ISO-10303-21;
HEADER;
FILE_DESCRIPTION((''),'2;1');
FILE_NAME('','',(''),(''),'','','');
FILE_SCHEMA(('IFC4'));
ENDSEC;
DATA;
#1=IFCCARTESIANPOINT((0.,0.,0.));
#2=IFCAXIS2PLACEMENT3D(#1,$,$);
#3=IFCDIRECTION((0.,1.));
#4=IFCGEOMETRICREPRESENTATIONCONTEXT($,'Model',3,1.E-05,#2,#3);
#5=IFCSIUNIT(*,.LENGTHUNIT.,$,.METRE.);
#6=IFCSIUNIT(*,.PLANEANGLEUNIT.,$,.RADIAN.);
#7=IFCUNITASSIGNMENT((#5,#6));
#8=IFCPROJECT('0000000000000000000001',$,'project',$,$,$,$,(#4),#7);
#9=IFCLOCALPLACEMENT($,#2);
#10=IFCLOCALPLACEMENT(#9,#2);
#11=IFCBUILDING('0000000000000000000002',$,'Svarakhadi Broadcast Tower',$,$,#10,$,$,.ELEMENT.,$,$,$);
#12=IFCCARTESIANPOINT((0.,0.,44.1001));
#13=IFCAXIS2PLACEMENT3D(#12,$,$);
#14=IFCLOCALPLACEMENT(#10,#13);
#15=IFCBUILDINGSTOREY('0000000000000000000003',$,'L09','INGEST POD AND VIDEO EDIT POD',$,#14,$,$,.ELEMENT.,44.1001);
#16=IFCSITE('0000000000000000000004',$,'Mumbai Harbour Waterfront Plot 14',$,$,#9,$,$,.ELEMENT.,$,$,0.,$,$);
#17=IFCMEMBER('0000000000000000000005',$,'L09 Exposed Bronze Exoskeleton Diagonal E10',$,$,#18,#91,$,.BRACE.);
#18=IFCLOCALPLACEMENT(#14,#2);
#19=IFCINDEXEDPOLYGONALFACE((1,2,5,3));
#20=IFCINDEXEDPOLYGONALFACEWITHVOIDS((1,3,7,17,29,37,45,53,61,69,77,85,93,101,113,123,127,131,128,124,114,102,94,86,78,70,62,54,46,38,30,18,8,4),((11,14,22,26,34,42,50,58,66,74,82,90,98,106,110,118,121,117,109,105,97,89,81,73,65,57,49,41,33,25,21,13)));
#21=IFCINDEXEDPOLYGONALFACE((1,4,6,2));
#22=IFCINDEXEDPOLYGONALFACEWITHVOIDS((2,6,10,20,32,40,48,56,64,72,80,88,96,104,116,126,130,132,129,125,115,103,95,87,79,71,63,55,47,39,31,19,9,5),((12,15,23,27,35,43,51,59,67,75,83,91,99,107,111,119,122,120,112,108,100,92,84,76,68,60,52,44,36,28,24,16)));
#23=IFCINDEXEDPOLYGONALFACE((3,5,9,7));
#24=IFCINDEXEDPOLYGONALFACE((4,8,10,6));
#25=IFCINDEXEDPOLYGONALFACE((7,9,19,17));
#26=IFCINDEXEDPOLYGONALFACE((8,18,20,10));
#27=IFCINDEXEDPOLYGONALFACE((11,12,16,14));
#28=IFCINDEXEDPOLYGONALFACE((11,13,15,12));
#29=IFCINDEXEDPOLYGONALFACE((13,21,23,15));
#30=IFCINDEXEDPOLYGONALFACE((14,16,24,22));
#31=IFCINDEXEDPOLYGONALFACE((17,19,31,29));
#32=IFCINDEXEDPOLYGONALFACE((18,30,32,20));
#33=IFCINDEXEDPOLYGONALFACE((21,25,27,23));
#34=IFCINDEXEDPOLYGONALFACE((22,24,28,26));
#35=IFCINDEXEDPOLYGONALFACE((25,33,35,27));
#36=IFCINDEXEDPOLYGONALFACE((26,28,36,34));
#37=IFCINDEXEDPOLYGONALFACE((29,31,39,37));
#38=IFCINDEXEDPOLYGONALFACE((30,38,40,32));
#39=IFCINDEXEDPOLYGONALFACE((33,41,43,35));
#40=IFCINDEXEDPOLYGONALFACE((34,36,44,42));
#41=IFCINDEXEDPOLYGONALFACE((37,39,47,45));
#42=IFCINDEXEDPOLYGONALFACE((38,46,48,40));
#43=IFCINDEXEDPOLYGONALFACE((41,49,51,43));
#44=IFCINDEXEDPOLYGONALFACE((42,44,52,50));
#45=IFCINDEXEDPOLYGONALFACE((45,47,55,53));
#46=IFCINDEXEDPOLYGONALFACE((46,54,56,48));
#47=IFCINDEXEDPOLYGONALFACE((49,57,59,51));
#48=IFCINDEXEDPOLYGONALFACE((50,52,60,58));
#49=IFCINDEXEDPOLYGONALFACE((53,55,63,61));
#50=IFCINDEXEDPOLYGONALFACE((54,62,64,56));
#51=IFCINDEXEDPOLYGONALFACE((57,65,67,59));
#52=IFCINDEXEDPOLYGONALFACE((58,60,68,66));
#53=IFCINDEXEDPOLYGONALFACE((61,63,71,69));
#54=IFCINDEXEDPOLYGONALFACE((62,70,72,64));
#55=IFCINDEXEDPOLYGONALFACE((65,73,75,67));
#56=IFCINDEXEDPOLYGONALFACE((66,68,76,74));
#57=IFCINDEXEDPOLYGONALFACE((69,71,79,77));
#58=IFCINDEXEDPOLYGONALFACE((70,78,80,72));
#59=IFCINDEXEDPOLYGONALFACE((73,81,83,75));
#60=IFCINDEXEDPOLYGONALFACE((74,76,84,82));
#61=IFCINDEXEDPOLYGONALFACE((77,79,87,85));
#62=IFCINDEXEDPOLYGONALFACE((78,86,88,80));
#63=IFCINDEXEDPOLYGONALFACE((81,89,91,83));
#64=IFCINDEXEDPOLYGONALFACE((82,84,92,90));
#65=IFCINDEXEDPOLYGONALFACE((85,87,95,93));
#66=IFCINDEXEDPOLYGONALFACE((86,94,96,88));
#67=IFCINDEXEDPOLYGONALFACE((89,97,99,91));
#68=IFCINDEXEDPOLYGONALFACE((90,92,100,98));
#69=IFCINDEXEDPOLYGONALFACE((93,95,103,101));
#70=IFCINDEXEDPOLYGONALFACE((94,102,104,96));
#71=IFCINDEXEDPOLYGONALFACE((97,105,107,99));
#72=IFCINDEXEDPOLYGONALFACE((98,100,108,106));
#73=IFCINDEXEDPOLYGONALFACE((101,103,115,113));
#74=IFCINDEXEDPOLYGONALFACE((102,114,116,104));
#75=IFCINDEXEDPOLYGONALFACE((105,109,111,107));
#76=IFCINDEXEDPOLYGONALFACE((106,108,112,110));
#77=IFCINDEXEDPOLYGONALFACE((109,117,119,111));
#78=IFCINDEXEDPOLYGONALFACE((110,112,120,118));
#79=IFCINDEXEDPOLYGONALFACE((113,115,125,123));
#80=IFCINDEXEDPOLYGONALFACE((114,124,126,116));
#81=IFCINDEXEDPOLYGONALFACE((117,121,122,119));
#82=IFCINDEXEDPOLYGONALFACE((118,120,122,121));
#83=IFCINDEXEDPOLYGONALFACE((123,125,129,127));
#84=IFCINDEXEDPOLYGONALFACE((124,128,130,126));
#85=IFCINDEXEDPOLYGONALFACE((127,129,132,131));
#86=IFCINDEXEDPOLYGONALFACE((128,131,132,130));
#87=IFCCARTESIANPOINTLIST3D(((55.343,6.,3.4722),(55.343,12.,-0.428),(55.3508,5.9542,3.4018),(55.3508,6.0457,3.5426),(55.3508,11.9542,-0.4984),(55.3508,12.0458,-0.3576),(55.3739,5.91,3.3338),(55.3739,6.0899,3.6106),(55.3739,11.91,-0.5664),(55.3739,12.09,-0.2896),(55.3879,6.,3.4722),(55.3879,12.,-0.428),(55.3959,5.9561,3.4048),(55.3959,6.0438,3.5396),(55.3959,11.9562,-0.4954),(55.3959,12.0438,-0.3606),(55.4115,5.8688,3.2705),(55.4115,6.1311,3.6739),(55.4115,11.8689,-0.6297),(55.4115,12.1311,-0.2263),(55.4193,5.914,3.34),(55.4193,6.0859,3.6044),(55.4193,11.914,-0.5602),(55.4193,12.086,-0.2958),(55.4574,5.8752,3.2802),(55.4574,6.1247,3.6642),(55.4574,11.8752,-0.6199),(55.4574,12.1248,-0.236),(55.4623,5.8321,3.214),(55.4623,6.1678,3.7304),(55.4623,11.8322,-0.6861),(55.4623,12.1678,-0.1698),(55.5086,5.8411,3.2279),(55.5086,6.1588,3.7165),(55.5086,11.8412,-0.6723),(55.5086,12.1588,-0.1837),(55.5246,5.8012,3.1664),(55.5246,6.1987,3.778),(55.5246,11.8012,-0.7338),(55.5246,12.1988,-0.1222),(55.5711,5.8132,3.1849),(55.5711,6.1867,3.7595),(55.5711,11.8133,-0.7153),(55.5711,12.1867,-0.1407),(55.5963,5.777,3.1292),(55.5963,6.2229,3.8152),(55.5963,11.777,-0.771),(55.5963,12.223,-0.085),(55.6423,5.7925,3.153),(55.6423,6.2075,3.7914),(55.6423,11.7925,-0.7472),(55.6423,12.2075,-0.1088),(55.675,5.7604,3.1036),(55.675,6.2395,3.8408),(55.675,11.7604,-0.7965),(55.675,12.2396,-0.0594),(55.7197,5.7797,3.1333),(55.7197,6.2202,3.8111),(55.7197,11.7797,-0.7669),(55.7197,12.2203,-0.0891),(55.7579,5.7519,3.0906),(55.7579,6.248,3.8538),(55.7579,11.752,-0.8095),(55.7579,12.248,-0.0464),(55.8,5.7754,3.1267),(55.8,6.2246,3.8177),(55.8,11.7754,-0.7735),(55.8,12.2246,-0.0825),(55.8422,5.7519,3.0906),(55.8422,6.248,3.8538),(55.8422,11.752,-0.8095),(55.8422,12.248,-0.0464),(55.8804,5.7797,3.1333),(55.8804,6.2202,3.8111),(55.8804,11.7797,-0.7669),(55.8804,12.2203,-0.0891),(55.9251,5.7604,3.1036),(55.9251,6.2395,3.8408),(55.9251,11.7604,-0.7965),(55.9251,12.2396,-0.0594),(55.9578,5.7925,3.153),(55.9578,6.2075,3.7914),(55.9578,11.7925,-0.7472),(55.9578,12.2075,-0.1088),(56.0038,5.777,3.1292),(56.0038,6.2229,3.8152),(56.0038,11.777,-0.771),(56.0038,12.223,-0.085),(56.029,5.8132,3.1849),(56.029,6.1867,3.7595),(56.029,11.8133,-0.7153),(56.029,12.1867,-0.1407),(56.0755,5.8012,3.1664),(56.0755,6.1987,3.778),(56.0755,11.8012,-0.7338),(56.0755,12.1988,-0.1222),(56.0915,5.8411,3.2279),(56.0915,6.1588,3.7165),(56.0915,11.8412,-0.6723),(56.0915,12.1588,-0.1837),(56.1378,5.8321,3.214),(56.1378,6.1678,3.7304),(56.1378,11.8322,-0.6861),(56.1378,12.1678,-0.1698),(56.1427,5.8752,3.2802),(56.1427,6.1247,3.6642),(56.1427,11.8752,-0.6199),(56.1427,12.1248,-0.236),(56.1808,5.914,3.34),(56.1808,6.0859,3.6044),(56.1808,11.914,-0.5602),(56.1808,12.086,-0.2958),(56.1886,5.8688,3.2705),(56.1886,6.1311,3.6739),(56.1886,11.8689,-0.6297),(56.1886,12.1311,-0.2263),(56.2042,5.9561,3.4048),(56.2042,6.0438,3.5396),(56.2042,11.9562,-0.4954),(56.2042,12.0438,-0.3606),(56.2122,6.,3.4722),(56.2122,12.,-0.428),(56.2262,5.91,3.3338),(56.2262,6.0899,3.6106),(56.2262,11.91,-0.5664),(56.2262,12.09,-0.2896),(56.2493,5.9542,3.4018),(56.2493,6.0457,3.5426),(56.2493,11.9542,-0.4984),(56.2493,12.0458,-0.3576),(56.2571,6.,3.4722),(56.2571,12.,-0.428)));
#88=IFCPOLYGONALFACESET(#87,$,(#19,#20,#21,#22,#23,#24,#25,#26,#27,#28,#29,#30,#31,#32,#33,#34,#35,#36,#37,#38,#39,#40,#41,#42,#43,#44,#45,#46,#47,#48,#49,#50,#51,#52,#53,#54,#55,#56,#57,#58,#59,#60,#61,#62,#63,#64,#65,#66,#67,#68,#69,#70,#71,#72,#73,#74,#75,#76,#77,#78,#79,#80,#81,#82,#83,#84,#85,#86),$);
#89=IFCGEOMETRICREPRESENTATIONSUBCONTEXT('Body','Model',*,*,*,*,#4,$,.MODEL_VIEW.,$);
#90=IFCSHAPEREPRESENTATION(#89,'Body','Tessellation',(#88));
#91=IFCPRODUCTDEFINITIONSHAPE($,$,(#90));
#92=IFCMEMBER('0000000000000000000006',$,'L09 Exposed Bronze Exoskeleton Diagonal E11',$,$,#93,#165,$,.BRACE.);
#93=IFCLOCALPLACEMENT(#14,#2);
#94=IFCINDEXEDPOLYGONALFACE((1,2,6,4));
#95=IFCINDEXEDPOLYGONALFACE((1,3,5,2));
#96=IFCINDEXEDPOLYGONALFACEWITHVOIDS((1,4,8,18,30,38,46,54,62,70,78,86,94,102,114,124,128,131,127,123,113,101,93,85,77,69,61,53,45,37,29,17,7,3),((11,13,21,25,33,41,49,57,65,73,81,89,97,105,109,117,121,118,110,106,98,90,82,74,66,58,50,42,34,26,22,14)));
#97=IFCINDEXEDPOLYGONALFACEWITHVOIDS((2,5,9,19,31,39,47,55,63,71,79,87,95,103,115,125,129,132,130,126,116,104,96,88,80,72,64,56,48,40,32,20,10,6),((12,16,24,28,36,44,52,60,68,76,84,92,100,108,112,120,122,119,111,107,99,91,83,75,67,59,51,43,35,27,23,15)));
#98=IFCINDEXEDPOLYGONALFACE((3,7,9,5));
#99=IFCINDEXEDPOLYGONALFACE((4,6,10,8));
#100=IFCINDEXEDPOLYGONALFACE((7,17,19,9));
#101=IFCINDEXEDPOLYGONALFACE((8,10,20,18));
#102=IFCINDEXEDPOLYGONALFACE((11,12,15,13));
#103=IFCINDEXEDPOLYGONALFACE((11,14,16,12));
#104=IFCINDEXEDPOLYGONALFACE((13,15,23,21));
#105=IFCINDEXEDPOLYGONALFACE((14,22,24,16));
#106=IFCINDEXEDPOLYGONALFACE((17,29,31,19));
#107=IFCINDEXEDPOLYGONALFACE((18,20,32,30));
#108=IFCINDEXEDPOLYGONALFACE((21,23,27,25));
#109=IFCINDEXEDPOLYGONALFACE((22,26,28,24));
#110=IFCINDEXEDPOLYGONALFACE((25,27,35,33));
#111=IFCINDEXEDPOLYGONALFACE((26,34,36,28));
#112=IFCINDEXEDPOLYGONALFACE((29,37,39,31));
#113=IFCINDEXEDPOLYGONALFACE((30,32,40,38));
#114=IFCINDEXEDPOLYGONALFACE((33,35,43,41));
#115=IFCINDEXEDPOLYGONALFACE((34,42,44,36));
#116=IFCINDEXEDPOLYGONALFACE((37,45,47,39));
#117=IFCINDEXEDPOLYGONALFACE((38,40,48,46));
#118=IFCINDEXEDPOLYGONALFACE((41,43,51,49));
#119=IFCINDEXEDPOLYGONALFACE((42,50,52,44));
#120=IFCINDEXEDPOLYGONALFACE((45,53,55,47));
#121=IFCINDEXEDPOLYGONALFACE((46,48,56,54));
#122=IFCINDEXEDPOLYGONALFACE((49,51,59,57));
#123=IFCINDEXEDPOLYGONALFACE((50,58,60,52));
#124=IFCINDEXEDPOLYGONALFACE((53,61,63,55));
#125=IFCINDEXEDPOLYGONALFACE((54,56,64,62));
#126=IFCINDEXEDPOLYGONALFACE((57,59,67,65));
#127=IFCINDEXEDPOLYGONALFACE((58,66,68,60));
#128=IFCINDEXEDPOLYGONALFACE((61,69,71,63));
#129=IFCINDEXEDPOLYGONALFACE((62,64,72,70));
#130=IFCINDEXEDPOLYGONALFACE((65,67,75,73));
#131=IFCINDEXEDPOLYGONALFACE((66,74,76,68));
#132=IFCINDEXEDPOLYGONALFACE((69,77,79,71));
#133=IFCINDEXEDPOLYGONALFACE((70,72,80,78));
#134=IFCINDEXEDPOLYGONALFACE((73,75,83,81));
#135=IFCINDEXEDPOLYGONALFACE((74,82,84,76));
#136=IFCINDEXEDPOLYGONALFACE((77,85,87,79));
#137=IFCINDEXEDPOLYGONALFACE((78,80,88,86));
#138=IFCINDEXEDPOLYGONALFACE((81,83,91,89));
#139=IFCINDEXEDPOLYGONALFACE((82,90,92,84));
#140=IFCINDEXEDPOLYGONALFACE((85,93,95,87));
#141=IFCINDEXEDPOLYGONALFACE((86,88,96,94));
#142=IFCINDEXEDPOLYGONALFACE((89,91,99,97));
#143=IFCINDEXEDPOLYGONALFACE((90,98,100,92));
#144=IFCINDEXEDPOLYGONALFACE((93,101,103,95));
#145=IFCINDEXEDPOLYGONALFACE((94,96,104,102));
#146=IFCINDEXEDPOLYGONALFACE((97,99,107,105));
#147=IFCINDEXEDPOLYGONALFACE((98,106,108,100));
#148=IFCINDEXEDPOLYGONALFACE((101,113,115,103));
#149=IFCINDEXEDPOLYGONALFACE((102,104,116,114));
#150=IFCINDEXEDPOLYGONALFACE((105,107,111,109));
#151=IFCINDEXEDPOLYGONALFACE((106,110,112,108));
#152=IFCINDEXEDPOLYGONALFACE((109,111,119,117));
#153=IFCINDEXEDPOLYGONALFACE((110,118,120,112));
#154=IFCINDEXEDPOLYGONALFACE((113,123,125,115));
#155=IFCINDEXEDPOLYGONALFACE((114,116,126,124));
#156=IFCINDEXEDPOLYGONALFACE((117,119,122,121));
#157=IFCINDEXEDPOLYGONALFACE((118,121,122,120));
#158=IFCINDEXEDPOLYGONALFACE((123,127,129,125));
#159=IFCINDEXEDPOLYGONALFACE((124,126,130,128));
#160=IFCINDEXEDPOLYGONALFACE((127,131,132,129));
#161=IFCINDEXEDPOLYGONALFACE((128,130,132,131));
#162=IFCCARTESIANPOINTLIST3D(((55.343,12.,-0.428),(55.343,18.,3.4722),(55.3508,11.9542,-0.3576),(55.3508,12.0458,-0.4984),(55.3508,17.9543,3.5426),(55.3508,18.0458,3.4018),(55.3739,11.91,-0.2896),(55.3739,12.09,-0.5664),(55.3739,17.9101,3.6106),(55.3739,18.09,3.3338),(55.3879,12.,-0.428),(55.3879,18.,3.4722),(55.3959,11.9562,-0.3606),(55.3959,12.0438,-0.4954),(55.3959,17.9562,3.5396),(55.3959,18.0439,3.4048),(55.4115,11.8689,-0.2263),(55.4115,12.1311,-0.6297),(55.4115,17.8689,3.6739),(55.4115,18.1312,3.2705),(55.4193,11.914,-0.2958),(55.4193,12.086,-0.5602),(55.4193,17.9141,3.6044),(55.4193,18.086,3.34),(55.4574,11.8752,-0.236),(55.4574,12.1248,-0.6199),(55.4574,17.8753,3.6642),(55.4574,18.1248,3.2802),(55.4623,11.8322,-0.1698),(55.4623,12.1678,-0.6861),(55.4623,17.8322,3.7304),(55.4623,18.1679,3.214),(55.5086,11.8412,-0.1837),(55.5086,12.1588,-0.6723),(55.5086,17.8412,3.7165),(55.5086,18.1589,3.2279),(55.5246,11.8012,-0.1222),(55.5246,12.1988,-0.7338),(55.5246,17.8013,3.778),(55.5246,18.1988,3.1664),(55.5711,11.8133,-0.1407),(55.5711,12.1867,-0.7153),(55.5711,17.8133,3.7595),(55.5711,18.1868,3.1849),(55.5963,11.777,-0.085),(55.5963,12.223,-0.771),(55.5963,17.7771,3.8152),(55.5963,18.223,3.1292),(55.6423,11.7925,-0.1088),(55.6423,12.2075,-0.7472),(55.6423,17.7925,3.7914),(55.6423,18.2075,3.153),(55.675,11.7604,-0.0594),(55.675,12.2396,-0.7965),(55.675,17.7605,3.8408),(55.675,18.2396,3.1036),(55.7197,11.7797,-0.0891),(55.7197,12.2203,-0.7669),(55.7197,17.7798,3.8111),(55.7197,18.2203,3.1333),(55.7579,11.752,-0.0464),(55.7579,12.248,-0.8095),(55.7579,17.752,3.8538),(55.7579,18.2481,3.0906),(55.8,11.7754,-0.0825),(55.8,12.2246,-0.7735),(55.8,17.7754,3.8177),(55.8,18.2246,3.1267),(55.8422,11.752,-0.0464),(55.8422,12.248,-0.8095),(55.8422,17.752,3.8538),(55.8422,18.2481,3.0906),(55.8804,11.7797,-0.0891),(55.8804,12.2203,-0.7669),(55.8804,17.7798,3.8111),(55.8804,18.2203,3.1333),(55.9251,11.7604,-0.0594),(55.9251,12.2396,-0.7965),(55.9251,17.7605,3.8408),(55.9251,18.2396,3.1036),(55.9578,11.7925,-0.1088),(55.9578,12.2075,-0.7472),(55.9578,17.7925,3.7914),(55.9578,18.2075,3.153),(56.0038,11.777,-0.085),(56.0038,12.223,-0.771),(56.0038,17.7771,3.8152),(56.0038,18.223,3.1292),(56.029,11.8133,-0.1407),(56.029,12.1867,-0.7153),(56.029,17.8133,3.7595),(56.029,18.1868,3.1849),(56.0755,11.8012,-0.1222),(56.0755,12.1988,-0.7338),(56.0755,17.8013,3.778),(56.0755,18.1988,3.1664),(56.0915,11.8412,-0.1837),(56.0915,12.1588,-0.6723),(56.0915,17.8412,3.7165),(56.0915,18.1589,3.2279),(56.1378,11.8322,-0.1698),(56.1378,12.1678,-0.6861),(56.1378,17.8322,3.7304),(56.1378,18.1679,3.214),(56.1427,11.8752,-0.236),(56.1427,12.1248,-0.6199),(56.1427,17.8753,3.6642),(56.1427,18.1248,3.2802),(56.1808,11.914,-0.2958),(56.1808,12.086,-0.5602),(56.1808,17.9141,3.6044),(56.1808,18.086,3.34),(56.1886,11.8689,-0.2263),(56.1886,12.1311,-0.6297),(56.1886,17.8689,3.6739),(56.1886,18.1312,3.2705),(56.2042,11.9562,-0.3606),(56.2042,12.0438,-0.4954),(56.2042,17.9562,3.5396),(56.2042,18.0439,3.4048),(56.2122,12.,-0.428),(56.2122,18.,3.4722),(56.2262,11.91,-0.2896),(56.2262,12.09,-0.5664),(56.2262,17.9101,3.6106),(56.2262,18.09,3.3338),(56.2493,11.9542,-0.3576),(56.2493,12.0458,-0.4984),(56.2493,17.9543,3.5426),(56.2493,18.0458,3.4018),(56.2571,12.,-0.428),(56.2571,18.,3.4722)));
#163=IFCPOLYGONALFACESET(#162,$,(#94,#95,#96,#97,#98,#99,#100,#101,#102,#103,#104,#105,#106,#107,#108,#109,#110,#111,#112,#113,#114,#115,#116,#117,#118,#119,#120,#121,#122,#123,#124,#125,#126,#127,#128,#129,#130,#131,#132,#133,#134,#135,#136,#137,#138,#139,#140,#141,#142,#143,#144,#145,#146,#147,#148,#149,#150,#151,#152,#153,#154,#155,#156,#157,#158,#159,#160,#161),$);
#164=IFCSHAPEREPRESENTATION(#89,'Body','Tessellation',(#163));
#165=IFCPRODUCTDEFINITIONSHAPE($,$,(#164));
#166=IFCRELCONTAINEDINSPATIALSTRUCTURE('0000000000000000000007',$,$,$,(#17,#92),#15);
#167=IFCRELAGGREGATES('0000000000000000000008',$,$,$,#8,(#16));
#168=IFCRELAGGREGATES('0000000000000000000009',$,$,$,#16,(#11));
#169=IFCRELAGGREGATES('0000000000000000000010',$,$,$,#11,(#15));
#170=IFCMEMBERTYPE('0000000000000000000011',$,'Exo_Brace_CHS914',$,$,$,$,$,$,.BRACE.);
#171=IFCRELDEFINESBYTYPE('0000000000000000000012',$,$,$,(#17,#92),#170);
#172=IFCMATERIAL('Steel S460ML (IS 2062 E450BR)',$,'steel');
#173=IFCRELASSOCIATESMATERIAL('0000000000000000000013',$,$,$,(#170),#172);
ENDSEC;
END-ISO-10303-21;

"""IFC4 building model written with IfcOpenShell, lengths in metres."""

from ifc_helpers import new_model, si_unit, direction, frame, origin, origin_2d, place, context, subcontext, project, spatial, hollow_circle, extrude, material, material_profile, profile_set, type_object, element, save


model = new_model("IFC4")

# Units and contexts
model_context = context("Model", 3, precision=1e-05, world=origin(), true_north=direction((0.0, 1.0)))
body_context = subcontext(model_context, "Body", "Model", "MODEL_VIEW")
ifc_project = project(units=[si_unit("LENGTHUNIT", "METRE"), si_unit("PLANEANGLEUNIT", "RADIAN")], contexts=[model_context])

# Site, building, storey
site_placement = place(None, origin())
site = spatial("IfcSite", under=ifc_project, at=site_placement, Name="Mumbai Harbour Waterfront Plot 14", CompositionType="ELEMENT", RefElevation=0.0)
building_placement = place(site_placement, origin())
building = spatial("IfcBuilding", under=site, at=building_placement, Name="Svarakhadi Broadcast Tower", CompositionType="ELEMENT")
storey_placement = place(building_placement, frame((0.0, 0.0, 44.1001)))
storey = spatial("IfcBuildingStorey", under=building, at=storey_placement, Name="L09", Description="INGEST POD AND VIDEO EDIT POD", CompositionType="ELEMENT", Elevation=44.1001)

# Members
ifc_material_1 = material(Name="Steel S460ML (IS 2062 E450BR)", Category="steel")
ifc_material_profile_1 = material_profile(ifc_material_1, hollow_circle(Radius=0.457, WallThickness=0.0449, at=origin_2d()), Name="CHS 914x45")
ifc_profile_set_1 = profile_set([ifc_material_profile_1], Name="Steel S460ML (IS 2062 E450BR)")
member_type_1 = type_object("IfcMemberType", Name="Exo_Brace_CHS914", PredefinedType="BRACE", material=ifc_profile_set_1)
for number, where, z_axis, x_axis, name in (
    (1, (55.8, 12.0, -0.428), (0.0, -0.838434, 0.545003), (1.0, 0.0, 0.0), "L09 Exposed Bronze Exoskeleton Diagonal E10"),
    (2, (55.8, 12.0, -0.428), (0.0, 0.838434, 0.545003), (-1.0, 0.0, 0.0), "L09 Exposed Bronze Exoskeleton Diagonal E11"),
):
    element("IfcMember", number, at=place(storey_placement, frame(where, z_axis=z_axis, x_axis=x_axis)), inside=storey, type_object=member_type_1, Name=name, PredefinedType="BRACE", context=body_context, shape_type="SweptSolid", body=[
        extrude(hollow_circle(Radius=0.457, WallThickness=0.0449, at=origin_2d()), origin(), (0.0, 0.0, 1.0), 7.1562),
    ])

save(model, "model.ifc")
